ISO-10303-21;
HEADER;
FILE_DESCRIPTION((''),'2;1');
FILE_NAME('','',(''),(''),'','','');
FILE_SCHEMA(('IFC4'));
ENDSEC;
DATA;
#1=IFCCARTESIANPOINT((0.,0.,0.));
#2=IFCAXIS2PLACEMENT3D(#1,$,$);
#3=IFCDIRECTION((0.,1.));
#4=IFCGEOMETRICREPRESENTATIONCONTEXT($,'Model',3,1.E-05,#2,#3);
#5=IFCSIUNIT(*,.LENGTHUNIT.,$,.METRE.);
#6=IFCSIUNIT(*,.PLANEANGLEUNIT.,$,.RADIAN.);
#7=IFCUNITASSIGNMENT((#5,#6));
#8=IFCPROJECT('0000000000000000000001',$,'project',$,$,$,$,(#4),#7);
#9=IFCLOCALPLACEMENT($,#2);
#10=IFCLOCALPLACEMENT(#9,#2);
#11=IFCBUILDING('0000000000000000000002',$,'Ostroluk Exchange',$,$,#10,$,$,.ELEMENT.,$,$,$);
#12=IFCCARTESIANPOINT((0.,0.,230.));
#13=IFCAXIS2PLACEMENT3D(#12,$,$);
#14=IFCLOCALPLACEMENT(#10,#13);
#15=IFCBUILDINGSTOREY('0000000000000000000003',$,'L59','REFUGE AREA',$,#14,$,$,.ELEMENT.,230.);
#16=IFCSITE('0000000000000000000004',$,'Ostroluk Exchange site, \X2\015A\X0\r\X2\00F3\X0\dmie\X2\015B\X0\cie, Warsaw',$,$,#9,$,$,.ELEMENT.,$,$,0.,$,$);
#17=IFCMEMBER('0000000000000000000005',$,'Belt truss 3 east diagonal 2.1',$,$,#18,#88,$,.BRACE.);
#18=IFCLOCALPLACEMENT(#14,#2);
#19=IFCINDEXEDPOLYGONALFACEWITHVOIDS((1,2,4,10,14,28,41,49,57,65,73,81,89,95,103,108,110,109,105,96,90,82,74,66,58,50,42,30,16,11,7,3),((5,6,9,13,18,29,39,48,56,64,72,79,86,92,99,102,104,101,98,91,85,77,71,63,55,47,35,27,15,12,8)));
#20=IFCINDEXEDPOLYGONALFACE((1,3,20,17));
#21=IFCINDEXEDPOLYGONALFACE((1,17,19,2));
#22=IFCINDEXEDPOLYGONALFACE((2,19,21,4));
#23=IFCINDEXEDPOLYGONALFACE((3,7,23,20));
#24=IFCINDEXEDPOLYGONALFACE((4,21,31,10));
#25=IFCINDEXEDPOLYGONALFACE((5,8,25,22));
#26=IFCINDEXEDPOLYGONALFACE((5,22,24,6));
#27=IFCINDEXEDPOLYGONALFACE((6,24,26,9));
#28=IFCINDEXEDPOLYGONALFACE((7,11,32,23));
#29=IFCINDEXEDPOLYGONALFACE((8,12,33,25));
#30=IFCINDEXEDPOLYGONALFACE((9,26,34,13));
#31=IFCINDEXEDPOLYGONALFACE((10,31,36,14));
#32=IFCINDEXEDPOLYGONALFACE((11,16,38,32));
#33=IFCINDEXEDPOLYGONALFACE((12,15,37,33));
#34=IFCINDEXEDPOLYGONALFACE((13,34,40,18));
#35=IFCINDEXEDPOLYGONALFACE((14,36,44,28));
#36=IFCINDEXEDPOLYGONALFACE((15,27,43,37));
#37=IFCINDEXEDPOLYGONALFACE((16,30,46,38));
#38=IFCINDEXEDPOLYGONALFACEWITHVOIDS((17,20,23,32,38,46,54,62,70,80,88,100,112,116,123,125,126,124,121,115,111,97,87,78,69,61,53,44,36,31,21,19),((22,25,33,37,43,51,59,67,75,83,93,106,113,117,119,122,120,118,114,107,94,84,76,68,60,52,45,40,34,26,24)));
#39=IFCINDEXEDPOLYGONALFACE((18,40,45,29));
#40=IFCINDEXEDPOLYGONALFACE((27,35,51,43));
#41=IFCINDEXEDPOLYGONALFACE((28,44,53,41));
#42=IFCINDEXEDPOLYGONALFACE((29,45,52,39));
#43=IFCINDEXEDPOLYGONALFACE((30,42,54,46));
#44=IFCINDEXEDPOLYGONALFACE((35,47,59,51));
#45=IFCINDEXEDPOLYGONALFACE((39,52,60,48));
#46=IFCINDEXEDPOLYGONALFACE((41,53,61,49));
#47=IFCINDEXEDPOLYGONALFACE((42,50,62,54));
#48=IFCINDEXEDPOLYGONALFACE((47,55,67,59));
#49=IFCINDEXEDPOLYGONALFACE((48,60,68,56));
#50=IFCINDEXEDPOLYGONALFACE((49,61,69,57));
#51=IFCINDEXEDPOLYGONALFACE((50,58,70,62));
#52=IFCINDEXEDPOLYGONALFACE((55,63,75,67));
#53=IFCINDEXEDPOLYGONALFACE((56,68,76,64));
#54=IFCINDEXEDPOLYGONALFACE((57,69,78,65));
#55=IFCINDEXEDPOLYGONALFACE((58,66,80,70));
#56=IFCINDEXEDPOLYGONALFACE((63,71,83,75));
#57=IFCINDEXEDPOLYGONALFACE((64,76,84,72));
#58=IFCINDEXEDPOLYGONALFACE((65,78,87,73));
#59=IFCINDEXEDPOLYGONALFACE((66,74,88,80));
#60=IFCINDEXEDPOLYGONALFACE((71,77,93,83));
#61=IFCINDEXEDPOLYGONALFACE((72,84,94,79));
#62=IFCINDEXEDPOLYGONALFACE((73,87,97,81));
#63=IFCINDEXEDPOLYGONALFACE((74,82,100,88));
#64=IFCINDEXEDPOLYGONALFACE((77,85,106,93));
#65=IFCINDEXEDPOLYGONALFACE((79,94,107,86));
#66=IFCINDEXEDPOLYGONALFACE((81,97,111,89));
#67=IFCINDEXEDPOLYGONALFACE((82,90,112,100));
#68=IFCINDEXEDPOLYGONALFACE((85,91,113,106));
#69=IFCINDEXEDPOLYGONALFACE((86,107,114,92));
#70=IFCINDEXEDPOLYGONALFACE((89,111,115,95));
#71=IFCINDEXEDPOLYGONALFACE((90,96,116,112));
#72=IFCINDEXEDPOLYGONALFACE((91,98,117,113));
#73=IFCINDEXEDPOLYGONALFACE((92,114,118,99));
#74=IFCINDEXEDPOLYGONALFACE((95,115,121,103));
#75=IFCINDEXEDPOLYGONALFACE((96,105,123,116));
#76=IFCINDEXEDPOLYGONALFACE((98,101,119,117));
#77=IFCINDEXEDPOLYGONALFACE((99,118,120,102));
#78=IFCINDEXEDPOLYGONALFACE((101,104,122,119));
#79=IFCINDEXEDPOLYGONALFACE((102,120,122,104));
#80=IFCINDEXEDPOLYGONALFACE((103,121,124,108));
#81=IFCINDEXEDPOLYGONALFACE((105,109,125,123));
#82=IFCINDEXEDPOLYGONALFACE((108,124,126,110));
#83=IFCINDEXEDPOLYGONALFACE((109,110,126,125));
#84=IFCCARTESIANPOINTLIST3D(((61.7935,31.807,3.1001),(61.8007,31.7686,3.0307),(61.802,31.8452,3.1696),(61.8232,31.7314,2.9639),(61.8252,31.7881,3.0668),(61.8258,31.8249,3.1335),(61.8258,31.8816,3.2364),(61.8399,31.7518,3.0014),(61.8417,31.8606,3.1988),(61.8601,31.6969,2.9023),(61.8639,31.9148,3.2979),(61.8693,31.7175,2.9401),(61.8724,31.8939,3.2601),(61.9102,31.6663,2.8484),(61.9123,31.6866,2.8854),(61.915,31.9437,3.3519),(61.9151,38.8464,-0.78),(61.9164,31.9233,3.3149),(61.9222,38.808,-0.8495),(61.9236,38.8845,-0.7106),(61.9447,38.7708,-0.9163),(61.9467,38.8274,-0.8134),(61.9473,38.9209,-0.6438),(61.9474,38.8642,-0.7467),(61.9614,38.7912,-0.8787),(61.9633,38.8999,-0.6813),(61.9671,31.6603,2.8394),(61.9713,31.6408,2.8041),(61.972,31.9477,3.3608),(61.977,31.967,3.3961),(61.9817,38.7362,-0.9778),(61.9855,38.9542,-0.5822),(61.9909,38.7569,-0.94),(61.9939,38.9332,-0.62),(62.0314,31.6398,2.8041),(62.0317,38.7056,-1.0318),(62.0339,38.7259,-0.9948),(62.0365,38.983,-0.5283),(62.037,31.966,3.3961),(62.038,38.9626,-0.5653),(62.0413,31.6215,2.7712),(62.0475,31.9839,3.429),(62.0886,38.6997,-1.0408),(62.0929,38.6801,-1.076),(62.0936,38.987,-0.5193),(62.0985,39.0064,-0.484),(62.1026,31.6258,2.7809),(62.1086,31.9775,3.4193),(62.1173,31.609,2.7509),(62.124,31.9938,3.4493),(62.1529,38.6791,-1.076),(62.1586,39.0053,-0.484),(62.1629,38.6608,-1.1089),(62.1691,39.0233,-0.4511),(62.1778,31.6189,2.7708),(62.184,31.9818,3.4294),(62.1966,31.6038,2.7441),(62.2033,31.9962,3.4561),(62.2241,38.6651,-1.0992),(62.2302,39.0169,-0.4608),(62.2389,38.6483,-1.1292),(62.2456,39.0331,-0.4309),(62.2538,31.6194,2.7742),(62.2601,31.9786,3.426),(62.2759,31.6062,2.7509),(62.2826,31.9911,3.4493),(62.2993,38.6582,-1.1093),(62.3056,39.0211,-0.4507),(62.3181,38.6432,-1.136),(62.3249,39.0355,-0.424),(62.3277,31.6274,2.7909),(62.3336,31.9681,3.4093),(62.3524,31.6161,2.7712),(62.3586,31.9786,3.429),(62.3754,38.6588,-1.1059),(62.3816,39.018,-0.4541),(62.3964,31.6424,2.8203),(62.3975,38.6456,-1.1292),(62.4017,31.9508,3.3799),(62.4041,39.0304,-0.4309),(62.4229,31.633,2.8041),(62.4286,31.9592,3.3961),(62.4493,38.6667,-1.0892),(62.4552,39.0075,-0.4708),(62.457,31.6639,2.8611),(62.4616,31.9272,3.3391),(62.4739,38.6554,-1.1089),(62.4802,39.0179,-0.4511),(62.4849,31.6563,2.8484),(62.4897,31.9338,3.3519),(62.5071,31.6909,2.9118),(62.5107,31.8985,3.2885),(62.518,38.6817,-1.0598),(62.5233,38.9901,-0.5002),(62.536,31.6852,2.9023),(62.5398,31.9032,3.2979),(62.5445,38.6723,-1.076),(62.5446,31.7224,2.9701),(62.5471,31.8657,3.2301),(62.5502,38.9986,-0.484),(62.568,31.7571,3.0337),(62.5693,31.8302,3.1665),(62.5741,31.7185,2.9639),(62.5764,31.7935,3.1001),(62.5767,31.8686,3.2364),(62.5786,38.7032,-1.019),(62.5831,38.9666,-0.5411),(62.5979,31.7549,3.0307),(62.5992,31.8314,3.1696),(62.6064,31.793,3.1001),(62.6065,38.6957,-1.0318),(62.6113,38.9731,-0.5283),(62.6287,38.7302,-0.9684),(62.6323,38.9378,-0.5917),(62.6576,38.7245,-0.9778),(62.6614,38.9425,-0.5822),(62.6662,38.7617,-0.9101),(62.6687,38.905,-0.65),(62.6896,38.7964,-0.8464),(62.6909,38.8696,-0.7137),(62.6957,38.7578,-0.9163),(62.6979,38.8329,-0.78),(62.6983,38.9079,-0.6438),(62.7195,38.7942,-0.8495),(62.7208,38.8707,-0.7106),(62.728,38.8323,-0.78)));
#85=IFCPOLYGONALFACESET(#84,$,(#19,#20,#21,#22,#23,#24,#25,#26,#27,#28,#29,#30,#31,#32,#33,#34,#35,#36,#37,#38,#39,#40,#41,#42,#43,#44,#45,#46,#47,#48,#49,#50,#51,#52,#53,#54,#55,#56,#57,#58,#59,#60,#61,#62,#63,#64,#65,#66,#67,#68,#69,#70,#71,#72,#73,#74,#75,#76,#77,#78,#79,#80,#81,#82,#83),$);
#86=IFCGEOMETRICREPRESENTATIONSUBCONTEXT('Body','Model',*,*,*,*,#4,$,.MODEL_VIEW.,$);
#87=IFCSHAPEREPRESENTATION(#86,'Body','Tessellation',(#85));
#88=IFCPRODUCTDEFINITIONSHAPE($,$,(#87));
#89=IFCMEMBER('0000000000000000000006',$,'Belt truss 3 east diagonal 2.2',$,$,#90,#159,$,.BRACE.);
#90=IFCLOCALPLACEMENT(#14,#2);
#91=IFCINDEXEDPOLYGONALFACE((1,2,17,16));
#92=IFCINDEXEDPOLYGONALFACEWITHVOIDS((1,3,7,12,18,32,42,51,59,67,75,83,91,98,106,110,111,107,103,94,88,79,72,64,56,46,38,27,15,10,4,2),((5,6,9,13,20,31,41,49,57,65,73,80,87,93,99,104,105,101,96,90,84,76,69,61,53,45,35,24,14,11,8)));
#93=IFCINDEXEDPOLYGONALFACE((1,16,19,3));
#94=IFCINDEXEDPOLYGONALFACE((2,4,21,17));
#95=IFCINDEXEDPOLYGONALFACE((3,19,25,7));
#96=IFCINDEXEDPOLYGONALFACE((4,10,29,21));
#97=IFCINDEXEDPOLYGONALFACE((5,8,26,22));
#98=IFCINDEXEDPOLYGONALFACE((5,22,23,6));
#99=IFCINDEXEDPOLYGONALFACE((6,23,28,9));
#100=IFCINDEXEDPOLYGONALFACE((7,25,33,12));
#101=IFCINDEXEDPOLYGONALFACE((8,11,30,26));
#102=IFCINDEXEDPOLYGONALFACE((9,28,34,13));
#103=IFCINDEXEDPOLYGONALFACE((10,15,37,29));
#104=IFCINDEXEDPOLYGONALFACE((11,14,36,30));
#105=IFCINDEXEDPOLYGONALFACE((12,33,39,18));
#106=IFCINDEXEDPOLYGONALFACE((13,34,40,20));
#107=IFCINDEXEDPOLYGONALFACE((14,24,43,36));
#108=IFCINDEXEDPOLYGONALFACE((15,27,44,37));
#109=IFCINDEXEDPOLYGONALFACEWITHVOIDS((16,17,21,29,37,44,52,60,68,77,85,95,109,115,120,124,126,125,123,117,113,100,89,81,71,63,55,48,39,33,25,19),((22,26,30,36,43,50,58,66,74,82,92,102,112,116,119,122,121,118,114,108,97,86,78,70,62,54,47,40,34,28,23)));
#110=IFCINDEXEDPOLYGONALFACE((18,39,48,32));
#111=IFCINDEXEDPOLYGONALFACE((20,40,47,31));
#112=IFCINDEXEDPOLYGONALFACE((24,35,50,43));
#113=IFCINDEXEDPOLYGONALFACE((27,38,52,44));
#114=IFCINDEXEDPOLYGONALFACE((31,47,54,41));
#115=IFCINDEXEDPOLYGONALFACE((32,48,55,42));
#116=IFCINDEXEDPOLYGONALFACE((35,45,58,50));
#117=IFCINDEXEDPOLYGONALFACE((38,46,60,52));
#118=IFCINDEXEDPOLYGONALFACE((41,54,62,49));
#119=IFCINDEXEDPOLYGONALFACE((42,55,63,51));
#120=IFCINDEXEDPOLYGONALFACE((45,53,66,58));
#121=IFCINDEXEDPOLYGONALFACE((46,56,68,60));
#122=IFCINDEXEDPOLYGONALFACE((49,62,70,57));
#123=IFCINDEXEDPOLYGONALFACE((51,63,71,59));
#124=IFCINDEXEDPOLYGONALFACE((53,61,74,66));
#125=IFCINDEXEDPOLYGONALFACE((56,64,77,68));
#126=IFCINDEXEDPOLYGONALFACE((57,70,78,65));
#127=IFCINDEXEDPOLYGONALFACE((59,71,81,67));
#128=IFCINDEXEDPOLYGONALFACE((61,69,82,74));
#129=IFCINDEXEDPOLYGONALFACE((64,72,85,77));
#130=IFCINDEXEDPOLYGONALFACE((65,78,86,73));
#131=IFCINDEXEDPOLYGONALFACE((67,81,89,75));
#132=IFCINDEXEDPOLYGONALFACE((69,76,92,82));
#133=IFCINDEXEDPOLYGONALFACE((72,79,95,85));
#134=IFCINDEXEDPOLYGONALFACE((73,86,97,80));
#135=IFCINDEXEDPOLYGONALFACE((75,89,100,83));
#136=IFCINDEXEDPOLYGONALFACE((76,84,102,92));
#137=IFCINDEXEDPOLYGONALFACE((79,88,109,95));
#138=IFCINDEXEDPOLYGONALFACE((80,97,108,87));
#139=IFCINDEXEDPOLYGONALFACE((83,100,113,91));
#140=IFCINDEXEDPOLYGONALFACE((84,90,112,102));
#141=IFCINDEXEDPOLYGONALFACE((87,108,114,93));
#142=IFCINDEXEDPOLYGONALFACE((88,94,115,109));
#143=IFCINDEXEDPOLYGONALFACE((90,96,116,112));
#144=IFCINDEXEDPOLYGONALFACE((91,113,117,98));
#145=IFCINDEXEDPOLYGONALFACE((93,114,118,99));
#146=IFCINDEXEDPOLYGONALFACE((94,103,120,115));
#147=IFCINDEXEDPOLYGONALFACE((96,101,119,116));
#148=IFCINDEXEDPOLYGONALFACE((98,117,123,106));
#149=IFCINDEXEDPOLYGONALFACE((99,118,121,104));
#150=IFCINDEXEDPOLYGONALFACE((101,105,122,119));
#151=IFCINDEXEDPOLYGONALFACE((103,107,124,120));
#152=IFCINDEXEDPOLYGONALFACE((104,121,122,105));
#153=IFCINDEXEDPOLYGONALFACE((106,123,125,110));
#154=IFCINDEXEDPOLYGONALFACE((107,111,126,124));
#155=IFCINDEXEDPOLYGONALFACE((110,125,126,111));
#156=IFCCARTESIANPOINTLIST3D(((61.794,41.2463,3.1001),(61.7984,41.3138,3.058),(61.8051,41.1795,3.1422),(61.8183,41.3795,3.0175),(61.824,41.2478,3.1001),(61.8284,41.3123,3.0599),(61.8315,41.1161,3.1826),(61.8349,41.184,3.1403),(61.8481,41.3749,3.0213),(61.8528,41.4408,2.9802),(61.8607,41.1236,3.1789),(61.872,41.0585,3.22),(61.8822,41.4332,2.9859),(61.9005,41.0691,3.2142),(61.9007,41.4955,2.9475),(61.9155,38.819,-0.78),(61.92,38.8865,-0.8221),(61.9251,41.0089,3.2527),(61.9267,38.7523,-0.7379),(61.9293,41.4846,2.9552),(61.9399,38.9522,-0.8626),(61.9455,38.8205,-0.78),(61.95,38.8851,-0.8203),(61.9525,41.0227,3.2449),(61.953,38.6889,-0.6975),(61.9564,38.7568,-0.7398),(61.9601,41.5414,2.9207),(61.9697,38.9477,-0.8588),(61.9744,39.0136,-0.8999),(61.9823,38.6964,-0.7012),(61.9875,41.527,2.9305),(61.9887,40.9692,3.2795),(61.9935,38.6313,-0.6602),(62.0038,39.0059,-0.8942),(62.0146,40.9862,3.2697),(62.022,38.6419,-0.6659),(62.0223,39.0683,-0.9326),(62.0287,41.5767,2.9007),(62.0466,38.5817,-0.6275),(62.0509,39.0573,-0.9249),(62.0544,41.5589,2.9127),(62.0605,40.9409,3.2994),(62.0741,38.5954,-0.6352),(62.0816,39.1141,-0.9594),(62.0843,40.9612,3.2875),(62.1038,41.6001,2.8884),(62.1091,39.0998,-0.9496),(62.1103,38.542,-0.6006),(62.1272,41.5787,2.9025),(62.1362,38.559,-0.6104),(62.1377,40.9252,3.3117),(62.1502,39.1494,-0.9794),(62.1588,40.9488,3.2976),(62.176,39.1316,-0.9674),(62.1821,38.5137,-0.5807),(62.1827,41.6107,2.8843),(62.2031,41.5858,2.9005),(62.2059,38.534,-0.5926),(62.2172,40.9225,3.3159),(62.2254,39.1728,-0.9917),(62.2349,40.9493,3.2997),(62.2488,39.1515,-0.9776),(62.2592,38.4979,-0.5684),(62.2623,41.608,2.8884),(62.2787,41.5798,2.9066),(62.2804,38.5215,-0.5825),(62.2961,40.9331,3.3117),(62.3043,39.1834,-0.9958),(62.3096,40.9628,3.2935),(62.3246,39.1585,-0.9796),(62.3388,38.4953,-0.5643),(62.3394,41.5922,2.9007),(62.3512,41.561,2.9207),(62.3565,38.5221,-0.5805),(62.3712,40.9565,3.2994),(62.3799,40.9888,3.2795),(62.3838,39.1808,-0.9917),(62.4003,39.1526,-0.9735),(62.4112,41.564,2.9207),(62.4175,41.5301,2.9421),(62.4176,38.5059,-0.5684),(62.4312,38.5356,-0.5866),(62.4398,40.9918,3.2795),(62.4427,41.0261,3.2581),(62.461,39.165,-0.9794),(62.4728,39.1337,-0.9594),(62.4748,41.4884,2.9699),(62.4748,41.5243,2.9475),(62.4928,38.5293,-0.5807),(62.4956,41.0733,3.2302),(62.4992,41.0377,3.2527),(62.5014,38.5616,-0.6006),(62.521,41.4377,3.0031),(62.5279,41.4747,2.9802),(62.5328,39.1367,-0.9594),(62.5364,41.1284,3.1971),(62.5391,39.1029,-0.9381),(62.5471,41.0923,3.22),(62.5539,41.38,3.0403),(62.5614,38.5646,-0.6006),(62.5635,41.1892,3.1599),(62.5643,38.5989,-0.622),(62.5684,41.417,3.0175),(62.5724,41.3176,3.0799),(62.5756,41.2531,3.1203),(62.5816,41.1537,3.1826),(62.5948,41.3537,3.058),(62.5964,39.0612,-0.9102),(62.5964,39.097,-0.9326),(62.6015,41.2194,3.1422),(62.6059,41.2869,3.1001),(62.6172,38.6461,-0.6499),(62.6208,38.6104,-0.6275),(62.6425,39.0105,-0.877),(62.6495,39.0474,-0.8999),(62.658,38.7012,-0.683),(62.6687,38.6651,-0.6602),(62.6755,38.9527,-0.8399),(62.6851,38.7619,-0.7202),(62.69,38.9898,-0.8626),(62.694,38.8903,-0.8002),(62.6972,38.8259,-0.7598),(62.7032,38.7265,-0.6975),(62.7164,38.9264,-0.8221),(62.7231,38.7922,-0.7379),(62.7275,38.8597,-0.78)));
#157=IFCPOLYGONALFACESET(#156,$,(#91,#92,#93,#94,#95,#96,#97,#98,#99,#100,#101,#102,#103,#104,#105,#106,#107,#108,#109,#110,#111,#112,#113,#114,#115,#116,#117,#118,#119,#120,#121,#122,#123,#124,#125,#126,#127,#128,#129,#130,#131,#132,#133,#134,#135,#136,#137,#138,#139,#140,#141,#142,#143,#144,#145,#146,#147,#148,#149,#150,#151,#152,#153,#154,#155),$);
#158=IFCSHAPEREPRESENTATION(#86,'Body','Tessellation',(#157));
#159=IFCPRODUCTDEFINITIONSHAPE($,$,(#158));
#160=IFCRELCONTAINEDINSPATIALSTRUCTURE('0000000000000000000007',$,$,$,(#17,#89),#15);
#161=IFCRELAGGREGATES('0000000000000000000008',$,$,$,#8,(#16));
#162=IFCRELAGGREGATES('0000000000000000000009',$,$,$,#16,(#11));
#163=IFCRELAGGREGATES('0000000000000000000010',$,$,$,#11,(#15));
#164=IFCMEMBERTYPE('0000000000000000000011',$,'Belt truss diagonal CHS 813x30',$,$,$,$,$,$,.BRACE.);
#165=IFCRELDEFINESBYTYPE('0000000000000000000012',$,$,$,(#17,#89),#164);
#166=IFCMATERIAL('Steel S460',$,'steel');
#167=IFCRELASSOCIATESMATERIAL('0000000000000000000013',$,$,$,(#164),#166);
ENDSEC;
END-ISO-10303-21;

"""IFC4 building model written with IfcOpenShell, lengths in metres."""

from ifc_helpers import new_model, si_unit, direction, frame, origin, origin_2d, place, context, subcontext, project, spatial, hollow_circle, extrude, material, material_profile, profile_set, type_object, element, save


model = new_model("IFC4")

# Units and contexts
model_context = context("Model", 3, precision=1e-05, world=origin(), true_north=direction((0.0, 1.0)))
body_context = subcontext(model_context, "Body", "Model", "MODEL_VIEW")
ifc_project = project(units=[si_unit("LENGTHUNIT", "METRE"), si_unit("PLANEANGLEUNIT", "RADIAN")], contexts=[model_context])

# Site, building, storey
site_placement = place(None, origin())
site = spatial("IfcSite", under=ifc_project, at=site_placement, Name="Ostroluk Exchange site, Śródmieście, Warsaw", CompositionType="ELEMENT", RefElevation=0.0)
building_placement = place(site_placement, origin())
building = spatial("IfcBuilding", under=site, at=building_placement, Name="Ostroluk Exchange", CompositionType="ELEMENT")
storey_placement = place(building_placement, frame((0.0, 0.0, 230.0)))
storey = spatial("IfcBuildingStorey", under=building, at=storey_placement, Name="L59", Description="REFUGE AREA", CompositionType="ELEMENT", Elevation=230.0)

# Members
ifc_material_1 = material(Name="Steel S460", Category="steel")
ifc_material_profile_1 = material_profile(ifc_material_1, hollow_circle(Radius=0.4065, WallThickness=0.03, at=origin_2d()), Name="CHS 813x30")
ifc_profile_set_1 = profile_set([ifc_material_profile_1], Name="Steel S460")
member_type_1 = type_object("IfcMemberType", Name="Belt truss diagonal CHS 813x30", PredefinedType="BRACE", material=ifc_profile_set_1)
member_1_placement = place(storey_placement, frame((62.3215, 38.8394, -0.78), z_axis=(-0.015124, -0.875668, 0.482676), x_axis=(0.999851, -0.017269, 0.0)))
element("IfcMember", 1, at=member_1_placement, inside=storey, type_object=member_type_1, Name="Belt truss 3 east diagonal 2.1", PredefinedType="BRACE", context=body_context, shape_type="SweptSolid", body=[
    extrude(hollow_circle(Radius=0.4065, WallThickness=0.03, at=origin_2d()), origin(), (0.0, 0.0, 1.0), 8.0388),
])
member_2_placement = place(storey_placement, frame((62.3215, 38.8394, -0.78), z_axis=(-0.026556, 0.530152, 0.847486), x_axis=(-0.998748, -0.050028, 0.0)))
element("IfcMember", 2, at=member_2_placement, inside=storey, type_object=member_type_1, Name="Belt truss 3 east diagonal 2.2", PredefinedType="BRACE", context=body_context, shape_type="SweptSolid", body=[
    extrude(hollow_circle(Radius=0.4065, WallThickness=0.03, at=origin_2d()), origin(), (0.0, 0.0, 1.0), 4.5784),
])

save(model, "model.ifc")
